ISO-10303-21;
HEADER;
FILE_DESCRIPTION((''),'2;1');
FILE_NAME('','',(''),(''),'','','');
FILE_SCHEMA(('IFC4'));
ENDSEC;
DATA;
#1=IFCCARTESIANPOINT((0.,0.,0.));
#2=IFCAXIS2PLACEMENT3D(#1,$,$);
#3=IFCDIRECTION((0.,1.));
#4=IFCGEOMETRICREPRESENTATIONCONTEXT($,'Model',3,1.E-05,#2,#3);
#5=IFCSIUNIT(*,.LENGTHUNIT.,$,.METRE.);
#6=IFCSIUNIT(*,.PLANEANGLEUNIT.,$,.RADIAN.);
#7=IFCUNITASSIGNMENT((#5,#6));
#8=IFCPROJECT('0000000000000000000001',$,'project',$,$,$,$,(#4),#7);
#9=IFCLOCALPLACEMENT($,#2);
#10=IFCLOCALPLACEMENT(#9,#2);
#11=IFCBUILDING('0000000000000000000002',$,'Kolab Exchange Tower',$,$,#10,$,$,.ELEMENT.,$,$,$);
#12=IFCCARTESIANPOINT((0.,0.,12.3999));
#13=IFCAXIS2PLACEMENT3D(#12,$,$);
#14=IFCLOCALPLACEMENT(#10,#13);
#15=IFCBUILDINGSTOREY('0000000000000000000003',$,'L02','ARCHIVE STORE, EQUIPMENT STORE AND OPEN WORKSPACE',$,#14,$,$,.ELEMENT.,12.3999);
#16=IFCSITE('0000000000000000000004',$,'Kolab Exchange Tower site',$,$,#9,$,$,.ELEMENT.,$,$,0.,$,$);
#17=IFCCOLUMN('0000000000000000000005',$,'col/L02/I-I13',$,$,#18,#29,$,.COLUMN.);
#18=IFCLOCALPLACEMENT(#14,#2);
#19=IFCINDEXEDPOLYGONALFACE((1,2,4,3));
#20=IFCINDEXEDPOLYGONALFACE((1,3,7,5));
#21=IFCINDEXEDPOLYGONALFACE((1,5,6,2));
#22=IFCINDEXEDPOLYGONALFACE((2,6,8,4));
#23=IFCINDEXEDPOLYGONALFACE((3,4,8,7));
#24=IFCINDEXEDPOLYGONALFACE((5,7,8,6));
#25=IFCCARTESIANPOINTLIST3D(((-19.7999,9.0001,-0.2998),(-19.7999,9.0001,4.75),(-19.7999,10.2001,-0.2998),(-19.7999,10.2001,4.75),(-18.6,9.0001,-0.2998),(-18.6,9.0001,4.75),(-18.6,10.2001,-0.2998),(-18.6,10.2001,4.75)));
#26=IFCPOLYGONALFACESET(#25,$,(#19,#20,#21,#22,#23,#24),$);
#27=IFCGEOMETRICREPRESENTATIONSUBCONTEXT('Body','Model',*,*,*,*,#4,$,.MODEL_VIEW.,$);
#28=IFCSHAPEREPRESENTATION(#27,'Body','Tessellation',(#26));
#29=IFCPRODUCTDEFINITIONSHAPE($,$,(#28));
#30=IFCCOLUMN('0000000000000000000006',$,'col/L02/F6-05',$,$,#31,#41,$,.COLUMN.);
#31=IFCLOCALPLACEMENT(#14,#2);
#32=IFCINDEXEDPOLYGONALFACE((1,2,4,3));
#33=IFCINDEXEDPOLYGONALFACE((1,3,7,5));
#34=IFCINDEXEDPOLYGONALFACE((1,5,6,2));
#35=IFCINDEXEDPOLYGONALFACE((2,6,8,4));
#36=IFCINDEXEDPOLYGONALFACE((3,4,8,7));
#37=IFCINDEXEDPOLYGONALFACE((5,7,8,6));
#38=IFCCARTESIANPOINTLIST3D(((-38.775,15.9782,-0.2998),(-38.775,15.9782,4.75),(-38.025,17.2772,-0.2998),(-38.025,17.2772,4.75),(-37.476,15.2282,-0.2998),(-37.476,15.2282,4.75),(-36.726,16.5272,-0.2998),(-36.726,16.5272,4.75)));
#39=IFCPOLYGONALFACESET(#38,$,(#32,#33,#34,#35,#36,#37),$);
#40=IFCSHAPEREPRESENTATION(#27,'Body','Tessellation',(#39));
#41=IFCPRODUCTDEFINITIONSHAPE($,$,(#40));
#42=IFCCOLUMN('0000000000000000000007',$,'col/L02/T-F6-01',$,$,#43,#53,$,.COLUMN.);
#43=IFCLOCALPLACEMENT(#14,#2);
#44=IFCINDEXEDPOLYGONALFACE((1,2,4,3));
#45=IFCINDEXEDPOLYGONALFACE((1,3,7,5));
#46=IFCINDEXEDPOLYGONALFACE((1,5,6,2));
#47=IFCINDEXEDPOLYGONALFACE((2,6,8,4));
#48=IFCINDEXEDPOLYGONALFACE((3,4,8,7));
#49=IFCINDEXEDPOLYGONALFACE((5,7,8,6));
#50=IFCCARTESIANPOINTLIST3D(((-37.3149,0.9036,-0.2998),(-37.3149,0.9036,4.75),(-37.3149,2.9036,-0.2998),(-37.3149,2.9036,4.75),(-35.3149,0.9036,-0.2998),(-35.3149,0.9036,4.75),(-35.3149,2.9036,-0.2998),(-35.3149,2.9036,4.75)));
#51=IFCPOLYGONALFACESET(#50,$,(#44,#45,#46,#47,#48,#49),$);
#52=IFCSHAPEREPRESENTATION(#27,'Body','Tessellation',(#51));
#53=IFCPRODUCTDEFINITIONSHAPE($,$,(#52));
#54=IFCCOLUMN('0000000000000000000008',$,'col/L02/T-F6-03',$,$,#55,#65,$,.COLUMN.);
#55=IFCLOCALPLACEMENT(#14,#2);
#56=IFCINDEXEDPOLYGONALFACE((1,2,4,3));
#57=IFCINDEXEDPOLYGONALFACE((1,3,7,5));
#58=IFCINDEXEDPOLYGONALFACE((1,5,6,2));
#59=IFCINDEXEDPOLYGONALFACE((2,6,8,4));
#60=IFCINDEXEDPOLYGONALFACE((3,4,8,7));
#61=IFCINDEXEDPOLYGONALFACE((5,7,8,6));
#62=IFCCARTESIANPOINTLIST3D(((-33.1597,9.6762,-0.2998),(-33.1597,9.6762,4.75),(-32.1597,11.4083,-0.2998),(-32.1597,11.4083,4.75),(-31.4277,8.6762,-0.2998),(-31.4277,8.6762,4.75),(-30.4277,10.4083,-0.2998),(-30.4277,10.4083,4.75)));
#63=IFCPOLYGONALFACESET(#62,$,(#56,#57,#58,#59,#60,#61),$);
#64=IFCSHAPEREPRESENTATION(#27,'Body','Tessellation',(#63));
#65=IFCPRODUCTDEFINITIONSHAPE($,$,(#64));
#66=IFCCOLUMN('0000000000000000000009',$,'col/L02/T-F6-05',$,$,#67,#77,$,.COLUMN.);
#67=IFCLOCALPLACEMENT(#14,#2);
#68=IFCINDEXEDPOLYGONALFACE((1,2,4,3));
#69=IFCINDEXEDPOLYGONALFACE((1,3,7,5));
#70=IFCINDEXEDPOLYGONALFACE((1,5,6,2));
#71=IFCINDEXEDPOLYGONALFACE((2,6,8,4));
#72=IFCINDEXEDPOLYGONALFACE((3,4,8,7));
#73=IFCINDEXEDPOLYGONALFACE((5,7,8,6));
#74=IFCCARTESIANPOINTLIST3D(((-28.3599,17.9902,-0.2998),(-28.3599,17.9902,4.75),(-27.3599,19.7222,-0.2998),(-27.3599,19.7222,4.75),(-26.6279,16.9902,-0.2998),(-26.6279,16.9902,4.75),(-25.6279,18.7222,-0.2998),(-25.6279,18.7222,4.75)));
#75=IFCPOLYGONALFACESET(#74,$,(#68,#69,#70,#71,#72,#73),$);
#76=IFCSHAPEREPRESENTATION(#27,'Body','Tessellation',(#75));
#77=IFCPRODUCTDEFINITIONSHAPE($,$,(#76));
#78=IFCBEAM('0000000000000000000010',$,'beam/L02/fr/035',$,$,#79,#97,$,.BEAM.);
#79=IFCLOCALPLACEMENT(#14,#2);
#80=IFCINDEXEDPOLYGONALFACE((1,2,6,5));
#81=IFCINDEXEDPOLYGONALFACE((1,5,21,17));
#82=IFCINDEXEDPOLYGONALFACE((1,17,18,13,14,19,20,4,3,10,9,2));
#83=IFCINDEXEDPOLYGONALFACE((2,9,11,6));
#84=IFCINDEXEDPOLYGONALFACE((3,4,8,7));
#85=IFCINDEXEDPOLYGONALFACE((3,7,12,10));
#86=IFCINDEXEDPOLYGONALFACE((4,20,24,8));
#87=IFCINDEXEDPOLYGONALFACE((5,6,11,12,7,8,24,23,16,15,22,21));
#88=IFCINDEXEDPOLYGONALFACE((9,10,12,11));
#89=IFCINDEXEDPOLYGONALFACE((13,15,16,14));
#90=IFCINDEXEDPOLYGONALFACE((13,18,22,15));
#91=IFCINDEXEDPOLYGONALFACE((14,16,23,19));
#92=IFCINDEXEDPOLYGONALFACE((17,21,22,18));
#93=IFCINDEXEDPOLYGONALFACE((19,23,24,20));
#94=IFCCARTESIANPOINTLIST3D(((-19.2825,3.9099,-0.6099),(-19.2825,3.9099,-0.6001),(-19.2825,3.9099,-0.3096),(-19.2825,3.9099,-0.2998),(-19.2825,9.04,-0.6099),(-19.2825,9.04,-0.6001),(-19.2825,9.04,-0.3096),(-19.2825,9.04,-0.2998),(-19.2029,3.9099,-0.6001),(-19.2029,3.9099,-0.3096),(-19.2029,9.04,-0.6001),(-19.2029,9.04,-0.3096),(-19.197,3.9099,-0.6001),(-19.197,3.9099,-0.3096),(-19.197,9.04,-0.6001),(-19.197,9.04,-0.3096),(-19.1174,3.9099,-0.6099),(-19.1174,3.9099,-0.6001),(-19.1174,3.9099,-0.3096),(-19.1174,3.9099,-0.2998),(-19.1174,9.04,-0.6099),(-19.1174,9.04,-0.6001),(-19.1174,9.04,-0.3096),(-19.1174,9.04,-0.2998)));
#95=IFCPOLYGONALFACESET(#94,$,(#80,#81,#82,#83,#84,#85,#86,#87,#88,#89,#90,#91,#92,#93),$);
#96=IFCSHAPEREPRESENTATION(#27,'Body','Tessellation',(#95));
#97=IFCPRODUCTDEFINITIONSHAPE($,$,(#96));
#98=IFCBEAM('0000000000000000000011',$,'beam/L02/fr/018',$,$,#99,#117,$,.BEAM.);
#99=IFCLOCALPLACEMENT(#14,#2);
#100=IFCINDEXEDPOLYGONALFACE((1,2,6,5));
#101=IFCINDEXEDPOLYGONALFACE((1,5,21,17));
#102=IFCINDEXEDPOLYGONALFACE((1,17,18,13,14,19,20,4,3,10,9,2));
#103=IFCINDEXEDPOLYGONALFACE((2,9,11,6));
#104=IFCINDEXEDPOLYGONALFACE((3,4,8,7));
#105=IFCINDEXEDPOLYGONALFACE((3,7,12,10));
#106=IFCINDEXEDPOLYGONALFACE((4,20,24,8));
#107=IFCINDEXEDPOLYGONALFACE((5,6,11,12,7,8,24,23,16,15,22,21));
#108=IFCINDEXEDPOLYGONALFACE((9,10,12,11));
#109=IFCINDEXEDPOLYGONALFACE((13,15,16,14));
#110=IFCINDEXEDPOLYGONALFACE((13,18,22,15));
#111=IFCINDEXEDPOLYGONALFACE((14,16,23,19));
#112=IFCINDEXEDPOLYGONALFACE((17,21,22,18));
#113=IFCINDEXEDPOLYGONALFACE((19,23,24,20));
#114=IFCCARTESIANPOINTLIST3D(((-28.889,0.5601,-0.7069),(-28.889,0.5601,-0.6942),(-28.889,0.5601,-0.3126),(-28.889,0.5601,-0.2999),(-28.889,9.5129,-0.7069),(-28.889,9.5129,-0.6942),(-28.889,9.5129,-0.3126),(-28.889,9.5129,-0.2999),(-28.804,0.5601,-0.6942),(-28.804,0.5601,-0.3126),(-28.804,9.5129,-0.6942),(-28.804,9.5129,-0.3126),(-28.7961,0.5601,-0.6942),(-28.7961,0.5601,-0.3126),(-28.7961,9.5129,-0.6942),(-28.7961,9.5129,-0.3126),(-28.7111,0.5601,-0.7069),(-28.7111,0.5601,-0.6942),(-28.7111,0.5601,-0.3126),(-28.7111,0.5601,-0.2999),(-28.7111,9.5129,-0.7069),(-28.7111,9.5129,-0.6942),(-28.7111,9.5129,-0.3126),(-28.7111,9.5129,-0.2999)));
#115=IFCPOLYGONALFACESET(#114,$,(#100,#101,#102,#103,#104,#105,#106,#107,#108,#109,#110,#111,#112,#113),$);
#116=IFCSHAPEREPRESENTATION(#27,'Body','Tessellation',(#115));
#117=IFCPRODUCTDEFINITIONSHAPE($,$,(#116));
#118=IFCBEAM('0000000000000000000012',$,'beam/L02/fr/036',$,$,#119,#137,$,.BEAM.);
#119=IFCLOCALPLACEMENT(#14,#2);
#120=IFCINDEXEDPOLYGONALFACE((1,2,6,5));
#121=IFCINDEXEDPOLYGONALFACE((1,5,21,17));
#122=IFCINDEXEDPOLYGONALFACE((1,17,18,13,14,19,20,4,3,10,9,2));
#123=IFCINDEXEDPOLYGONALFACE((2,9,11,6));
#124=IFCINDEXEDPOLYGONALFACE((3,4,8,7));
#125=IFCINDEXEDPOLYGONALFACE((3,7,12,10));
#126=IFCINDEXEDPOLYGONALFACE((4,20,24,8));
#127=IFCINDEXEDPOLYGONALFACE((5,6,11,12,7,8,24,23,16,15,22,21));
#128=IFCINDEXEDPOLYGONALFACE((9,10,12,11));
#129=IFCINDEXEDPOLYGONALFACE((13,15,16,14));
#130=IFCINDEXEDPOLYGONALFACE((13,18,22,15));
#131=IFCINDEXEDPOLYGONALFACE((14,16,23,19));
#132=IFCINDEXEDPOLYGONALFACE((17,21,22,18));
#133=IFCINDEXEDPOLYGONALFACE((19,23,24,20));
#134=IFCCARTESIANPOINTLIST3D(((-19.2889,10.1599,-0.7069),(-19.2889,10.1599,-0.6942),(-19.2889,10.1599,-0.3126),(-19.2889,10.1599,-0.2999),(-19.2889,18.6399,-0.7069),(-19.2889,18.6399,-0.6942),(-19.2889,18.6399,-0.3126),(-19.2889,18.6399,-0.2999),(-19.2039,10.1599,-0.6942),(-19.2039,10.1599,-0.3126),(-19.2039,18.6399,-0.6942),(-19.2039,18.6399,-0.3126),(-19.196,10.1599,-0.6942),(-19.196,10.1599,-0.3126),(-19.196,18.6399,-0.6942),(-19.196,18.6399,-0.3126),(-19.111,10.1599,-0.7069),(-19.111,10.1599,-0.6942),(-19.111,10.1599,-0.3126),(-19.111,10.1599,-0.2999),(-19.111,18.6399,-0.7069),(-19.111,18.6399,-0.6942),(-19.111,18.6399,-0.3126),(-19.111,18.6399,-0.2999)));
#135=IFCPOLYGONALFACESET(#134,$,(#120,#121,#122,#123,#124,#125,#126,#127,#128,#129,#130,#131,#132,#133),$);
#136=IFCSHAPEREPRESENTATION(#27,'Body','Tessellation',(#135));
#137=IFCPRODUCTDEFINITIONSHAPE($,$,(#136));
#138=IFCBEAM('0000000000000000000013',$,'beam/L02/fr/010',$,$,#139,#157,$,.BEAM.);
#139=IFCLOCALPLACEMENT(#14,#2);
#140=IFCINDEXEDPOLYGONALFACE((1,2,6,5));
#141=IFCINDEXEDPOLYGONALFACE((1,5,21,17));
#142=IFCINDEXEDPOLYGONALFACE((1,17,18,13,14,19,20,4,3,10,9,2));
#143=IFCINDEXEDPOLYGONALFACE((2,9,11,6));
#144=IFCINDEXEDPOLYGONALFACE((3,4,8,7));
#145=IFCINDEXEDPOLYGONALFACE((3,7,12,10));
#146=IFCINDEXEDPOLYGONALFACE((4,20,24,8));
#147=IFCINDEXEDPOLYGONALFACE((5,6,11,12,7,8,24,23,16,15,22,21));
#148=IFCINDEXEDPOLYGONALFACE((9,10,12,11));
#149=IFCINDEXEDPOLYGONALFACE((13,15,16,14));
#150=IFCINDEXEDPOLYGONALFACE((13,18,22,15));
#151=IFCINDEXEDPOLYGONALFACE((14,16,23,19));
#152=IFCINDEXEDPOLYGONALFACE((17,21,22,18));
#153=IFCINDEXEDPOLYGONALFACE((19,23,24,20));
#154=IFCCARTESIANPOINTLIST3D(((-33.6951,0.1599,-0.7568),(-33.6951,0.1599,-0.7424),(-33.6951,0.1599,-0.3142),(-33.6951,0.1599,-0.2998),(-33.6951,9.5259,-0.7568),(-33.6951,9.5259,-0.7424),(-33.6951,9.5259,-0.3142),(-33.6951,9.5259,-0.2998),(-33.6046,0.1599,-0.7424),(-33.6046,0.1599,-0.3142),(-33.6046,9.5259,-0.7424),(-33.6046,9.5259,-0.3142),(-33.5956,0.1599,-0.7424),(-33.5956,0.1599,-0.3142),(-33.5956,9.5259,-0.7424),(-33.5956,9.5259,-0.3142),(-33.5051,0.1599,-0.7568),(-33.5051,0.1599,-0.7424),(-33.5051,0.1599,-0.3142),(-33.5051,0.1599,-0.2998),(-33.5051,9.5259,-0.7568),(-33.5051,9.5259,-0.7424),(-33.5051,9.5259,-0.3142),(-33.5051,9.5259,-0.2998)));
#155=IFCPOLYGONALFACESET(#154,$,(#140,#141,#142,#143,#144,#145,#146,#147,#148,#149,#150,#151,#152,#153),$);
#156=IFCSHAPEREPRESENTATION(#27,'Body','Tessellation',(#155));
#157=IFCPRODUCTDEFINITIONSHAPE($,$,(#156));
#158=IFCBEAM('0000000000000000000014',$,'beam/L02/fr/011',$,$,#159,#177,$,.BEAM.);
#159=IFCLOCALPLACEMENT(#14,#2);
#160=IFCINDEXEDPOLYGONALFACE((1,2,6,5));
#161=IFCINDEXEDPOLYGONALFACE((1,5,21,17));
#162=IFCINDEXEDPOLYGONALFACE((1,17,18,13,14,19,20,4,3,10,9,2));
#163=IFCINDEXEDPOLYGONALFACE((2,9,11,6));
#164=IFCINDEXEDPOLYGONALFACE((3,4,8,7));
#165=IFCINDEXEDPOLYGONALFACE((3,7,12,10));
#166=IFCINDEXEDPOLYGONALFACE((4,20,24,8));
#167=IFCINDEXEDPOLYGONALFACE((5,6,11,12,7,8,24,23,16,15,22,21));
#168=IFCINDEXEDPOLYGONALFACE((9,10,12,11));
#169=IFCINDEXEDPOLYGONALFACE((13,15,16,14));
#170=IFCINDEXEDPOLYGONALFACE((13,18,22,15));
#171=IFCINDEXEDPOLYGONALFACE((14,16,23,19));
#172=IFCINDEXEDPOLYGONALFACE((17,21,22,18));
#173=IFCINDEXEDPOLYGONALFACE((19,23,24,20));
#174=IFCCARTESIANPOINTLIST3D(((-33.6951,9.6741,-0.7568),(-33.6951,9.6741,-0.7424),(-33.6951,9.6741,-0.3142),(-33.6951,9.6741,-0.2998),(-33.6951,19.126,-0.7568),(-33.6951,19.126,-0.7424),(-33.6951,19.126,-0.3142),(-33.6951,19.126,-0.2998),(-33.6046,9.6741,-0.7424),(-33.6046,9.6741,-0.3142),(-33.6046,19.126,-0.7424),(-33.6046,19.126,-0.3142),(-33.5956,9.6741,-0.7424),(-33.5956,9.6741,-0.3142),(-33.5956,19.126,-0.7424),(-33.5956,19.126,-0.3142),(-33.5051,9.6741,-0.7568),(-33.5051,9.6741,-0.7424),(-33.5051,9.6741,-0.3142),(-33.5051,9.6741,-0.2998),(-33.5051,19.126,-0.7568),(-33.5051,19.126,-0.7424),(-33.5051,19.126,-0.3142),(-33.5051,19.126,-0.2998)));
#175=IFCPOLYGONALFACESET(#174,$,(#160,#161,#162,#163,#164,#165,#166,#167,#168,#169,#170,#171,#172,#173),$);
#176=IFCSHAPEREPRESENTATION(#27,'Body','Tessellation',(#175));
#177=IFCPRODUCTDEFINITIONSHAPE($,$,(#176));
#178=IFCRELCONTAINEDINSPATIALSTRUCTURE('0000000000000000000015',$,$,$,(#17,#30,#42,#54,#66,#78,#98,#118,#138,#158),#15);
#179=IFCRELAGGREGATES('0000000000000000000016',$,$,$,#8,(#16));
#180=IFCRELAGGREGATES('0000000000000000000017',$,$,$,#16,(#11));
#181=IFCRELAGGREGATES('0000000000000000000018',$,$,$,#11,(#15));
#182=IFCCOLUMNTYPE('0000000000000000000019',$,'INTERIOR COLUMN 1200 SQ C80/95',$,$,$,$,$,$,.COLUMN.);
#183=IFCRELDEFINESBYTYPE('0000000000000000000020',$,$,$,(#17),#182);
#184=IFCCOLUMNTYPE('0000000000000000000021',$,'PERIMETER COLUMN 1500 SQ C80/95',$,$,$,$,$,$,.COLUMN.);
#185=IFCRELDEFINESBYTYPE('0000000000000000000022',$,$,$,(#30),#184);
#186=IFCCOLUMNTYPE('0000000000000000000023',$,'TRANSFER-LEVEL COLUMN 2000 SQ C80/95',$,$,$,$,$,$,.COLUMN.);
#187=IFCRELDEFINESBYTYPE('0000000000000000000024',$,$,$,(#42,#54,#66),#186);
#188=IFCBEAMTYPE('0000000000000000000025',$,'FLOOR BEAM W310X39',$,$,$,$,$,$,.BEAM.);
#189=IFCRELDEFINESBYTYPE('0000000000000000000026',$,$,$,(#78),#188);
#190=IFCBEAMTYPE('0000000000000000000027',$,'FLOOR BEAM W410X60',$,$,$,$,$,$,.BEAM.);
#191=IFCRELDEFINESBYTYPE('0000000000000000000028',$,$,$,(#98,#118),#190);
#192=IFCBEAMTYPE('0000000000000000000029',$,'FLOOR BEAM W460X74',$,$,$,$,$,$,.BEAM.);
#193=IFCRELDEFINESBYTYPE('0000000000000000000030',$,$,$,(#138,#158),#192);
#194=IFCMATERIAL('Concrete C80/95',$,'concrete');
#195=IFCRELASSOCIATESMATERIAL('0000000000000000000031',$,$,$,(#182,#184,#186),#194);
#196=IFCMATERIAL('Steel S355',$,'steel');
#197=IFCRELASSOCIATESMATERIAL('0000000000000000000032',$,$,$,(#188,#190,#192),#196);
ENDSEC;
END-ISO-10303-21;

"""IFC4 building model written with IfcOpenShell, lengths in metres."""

from ifc_helpers import new_model, si_unit, direction, frame, origin, origin_2d, place, context, subcontext, project, spatial, rectangle, i_section, extrude, material, material_profile, profile_set, type_object, element, save


model = new_model("IFC4")

# Units and contexts
model_context = context("Model", 3, precision=1e-05, world=origin(), true_north=direction((0.0, 1.0)))
body_context = subcontext(model_context, "Body", "Model", "MODEL_VIEW")
ifc_project = project(units=[si_unit("LENGTHUNIT", "METRE"), si_unit("PLANEANGLEUNIT", "RADIAN")], contexts=[model_context])

# Site, building, storey
site_placement = place(None, origin())
site = spatial("IfcSite", under=ifc_project, at=site_placement, Name="Kolab Exchange Tower site", CompositionType="ELEMENT", RefElevation=0.0)
building_placement = place(site_placement, origin())
building = spatial("IfcBuilding", under=site, at=building_placement, Name="Kolab Exchange Tower", CompositionType="ELEMENT")
storey_placement = place(building_placement, frame((0.0, 0.0, 12.3999)))
storey = spatial("IfcBuildingStorey", under=building, at=storey_placement, Name="L02", Description="ARCHIVE STORE, EQUIPMENT STORE AND OPEN WORKSPACE", CompositionType="ELEMENT", Elevation=12.3999)

# Columns
ifc_material_1 = material(Name="Concrete C80/95", Category="concrete")
ifc_material_profile_1 = material_profile(ifc_material_1, rectangle(XDim=1.2, YDim=1.2, at=origin_2d()), Name="RC1200")
ifc_profile_set_1 = profile_set([ifc_material_profile_1], Name="Concrete C80/95")
column_type_1 = type_object("IfcColumnType", Name="INTERIOR COLUMN 1200 SQ C80/95", PredefinedType="COLUMN", material=ifc_profile_set_1)
column_1_placement = place(storey_placement, frame((-19.2, 9.6001, -0.2998), z_axis=(0.0, 0.0, 1.0), x_axis=(1.0, 0.0, 0.0)))
element("IfcColumn", 1, at=column_1_placement, inside=storey, type_object=column_type_1, Name="col/L02/I-I13", PredefinedType="COLUMN", context=body_context, shape_type="SweptSolid", body=[
    extrude(rectangle(XDim=1.2, YDim=1.2, at=origin_2d()), origin(), (0.0, 0.0, 1.0), 5.0498),
])
ifc_material_profile_2 = material_profile(ifc_material_1, rectangle(XDim=1.5, YDim=1.5, at=origin_2d()), Name="RC1500")
ifc_profile_set_2 = profile_set([ifc_material_profile_2], Name="Concrete C80/95")
column_type_2 = type_object("IfcColumnType", Name="PERIMETER COLUMN 1500 SQ C80/95", PredefinedType="COLUMN", material=ifc_profile_set_2)
column_2_placement = place(storey_placement, frame((-37.7505, 16.2527, -0.2998), z_axis=(0.0, 0.0, 1.0), x_axis=(0.5, 0.866025, 0.0)))
element("IfcColumn", 2, at=column_2_placement, inside=storey, type_object=column_type_2, Name="col/L02/F6-05", PredefinedType="COLUMN", context=body_context, shape_type="SweptSolid", body=[
    extrude(rectangle(XDim=1.5, YDim=1.5, at=origin_2d()), origin(), (0.0, 0.0, 1.0), 5.0498),
])
ifc_material_profile_3 = material_profile(ifc_material_1, rectangle(XDim=2.0, YDim=2.0, at=origin_2d()), Name="RC2000")
ifc_profile_set_3 = profile_set([ifc_material_profile_3], Name="Concrete C80/95")
column_type_3 = type_object("IfcColumnType", Name="TRANSFER-LEVEL COLUMN 2000 SQ C80/95", PredefinedType="COLUMN", material=ifc_profile_set_3)
for number, where, z_axis, x_axis, name in (
    (3, (-36.3149, 1.9036, -0.2998), (0.0, 0.0, 1.0), (1.0, 0.0, 0.0), "col/L02/T-F6-01"),
    (4, (-31.7937, 10.0422, -0.2998), (0.0, 0.0, 1.0), (0.5, 0.866025, 0.0), "col/L02/T-F6-03"),
    (5, (-26.9939, 18.3562, -0.2998), (0.0, 0.0, 1.0), (0.5, 0.866025, 0.0), "col/L02/T-F6-05"),
):
    element("IfcColumn", number, at=place(storey_placement, frame(where, z_axis=z_axis, x_axis=x_axis)), inside=storey, type_object=column_type_3, Name=name, PredefinedType="COLUMN", context=body_context, shape_type="SweptSolid", body=[
        extrude(rectangle(XDim=2.0, YDim=2.0, at=origin_2d()), origin(), (0.0, 0.0, 1.0), 5.0498),
    ])

# Beams
ifc_material_2 = material(Name="Steel S355", Category="steel")
ifc_material_profile_4 = material_profile(ifc_material_2, i_section(OverallWidth=0.165, OverallDepth=0.3101, WebThickness=0.0059, FlangeThickness=0.0098, at=origin_2d()), Name="W310X39")
ifc_profile_set_4 = profile_set([ifc_material_profile_4], Name="Steel S355")
beam_type_1 = type_object("IfcBeamType", Name="FLOOR BEAM W310X39", PredefinedType="BEAM", material=ifc_profile_set_4)
beam_1_placement = place(storey_placement, frame((-19.2, 3.9099, -0.4548), z_axis=(0.0, 1.0, 0.0), x_axis=(-1.0, 0.0, 0.0)))
element("IfcBeam", 6, at=beam_1_placement, inside=storey, type_object=beam_type_1, Name="beam/L02/fr/035", PredefinedType="BEAM", context=body_context, shape_type="SweptSolid", body=[
    extrude(i_section(OverallWidth=0.165, OverallDepth=0.3101, WebThickness=0.0059, FlangeThickness=0.0098, at=origin_2d()), origin(), (0.0, 0.0, 1.0), 5.1301),
])
ifc_material_profile_5 = material_profile(ifc_material_2, i_section(OverallWidth=0.178, OverallDepth=0.407, WebThickness=0.0078, FlangeThickness=0.0127, at=origin_2d()), Name="W410X60")
ifc_profile_set_5 = profile_set([ifc_material_profile_5], Name="Steel S355")
beam_type_2 = type_object("IfcBeamType", Name="FLOOR BEAM W410X60", PredefinedType="BEAM", material=ifc_profile_set_5)
beam_2_placement = place(storey_placement, frame((-28.8, 0.5601, -0.5034), z_axis=(0.0, 1.0, 0.0), x_axis=(-1.0, 0.0, 0.0)))
element("IfcBeam", 7, at=beam_2_placement, inside=storey, type_object=beam_type_2, Name="beam/L02/fr/018", PredefinedType="BEAM", context=body_context, shape_type="SweptSolid", body=[
    extrude(i_section(OverallWidth=0.178, OverallDepth=0.407, WebThickness=0.0078, FlangeThickness=0.0127, at=origin_2d()), origin(), (0.0, 0.0, 1.0), 8.9529),
])
beam_3_placement = place(storey_placement, frame((-19.2, 10.1599, -0.5034), z_axis=(0.0, 1.0, 0.0), x_axis=(-1.0, 0.0, 0.0)))
element("IfcBeam", 8, at=beam_3_placement, inside=storey, type_object=beam_type_2, Name="beam/L02/fr/036", PredefinedType="BEAM", context=body_context, shape_type="SweptSolid", body=[
    extrude(i_section(OverallWidth=0.178, OverallDepth=0.407, WebThickness=0.0078, FlangeThickness=0.0127, at=origin_2d()), origin(), (0.0, 0.0, 1.0), 8.48),
])
ifc_material_profile_6 = material_profile(ifc_material_2, i_section(OverallWidth=0.1899, OverallDepth=0.457, WebThickness=0.009, FlangeThickness=0.0144, at=origin_2d()), Name="W460X74")
ifc_profile_set_6 = profile_set([ifc_material_profile_6], Name="Steel S355")
beam_type_3 = type_object("IfcBeamType", Name="FLOOR BEAM W460X74", PredefinedType="BEAM", material=ifc_profile_set_6)
beam_4_placement = place(storey_placement, frame((-33.6001, 0.1599, -0.5283), z_axis=(0.0, 1.0, 0.0), x_axis=(-1.0, 0.0, 0.0)))
element("IfcBeam", 9, at=beam_4_placement, inside=storey, type_object=beam_type_3, Name="beam/L02/fr/010", PredefinedType="BEAM", context=body_context, shape_type="SweptSolid", body=[
    extrude(i_section(OverallWidth=0.1899, OverallDepth=0.457, WebThickness=0.009, FlangeThickness=0.0144, at=origin_2d()), origin(), (0.0, 0.0, 1.0), 9.366),
])
beam_5_placement = place(storey_placement, frame((-33.6001, 9.6741, -0.5283), z_axis=(0.0, 1.0, 0.0), x_axis=(-1.0, 0.0, 0.0)))
element("IfcBeam", 10, at=beam_5_placement, inside=storey, type_object=beam_type_3, Name="beam/L02/fr/011", PredefinedType="BEAM", context=body_context, shape_type="SweptSolid", body=[
    extrude(i_section(OverallWidth=0.1899, OverallDepth=0.457, WebThickness=0.009, FlangeThickness=0.0144, at=origin_2d()), origin(), (0.0, 0.0, 1.0), 9.4519),
])

save(model, "model.ifc")
